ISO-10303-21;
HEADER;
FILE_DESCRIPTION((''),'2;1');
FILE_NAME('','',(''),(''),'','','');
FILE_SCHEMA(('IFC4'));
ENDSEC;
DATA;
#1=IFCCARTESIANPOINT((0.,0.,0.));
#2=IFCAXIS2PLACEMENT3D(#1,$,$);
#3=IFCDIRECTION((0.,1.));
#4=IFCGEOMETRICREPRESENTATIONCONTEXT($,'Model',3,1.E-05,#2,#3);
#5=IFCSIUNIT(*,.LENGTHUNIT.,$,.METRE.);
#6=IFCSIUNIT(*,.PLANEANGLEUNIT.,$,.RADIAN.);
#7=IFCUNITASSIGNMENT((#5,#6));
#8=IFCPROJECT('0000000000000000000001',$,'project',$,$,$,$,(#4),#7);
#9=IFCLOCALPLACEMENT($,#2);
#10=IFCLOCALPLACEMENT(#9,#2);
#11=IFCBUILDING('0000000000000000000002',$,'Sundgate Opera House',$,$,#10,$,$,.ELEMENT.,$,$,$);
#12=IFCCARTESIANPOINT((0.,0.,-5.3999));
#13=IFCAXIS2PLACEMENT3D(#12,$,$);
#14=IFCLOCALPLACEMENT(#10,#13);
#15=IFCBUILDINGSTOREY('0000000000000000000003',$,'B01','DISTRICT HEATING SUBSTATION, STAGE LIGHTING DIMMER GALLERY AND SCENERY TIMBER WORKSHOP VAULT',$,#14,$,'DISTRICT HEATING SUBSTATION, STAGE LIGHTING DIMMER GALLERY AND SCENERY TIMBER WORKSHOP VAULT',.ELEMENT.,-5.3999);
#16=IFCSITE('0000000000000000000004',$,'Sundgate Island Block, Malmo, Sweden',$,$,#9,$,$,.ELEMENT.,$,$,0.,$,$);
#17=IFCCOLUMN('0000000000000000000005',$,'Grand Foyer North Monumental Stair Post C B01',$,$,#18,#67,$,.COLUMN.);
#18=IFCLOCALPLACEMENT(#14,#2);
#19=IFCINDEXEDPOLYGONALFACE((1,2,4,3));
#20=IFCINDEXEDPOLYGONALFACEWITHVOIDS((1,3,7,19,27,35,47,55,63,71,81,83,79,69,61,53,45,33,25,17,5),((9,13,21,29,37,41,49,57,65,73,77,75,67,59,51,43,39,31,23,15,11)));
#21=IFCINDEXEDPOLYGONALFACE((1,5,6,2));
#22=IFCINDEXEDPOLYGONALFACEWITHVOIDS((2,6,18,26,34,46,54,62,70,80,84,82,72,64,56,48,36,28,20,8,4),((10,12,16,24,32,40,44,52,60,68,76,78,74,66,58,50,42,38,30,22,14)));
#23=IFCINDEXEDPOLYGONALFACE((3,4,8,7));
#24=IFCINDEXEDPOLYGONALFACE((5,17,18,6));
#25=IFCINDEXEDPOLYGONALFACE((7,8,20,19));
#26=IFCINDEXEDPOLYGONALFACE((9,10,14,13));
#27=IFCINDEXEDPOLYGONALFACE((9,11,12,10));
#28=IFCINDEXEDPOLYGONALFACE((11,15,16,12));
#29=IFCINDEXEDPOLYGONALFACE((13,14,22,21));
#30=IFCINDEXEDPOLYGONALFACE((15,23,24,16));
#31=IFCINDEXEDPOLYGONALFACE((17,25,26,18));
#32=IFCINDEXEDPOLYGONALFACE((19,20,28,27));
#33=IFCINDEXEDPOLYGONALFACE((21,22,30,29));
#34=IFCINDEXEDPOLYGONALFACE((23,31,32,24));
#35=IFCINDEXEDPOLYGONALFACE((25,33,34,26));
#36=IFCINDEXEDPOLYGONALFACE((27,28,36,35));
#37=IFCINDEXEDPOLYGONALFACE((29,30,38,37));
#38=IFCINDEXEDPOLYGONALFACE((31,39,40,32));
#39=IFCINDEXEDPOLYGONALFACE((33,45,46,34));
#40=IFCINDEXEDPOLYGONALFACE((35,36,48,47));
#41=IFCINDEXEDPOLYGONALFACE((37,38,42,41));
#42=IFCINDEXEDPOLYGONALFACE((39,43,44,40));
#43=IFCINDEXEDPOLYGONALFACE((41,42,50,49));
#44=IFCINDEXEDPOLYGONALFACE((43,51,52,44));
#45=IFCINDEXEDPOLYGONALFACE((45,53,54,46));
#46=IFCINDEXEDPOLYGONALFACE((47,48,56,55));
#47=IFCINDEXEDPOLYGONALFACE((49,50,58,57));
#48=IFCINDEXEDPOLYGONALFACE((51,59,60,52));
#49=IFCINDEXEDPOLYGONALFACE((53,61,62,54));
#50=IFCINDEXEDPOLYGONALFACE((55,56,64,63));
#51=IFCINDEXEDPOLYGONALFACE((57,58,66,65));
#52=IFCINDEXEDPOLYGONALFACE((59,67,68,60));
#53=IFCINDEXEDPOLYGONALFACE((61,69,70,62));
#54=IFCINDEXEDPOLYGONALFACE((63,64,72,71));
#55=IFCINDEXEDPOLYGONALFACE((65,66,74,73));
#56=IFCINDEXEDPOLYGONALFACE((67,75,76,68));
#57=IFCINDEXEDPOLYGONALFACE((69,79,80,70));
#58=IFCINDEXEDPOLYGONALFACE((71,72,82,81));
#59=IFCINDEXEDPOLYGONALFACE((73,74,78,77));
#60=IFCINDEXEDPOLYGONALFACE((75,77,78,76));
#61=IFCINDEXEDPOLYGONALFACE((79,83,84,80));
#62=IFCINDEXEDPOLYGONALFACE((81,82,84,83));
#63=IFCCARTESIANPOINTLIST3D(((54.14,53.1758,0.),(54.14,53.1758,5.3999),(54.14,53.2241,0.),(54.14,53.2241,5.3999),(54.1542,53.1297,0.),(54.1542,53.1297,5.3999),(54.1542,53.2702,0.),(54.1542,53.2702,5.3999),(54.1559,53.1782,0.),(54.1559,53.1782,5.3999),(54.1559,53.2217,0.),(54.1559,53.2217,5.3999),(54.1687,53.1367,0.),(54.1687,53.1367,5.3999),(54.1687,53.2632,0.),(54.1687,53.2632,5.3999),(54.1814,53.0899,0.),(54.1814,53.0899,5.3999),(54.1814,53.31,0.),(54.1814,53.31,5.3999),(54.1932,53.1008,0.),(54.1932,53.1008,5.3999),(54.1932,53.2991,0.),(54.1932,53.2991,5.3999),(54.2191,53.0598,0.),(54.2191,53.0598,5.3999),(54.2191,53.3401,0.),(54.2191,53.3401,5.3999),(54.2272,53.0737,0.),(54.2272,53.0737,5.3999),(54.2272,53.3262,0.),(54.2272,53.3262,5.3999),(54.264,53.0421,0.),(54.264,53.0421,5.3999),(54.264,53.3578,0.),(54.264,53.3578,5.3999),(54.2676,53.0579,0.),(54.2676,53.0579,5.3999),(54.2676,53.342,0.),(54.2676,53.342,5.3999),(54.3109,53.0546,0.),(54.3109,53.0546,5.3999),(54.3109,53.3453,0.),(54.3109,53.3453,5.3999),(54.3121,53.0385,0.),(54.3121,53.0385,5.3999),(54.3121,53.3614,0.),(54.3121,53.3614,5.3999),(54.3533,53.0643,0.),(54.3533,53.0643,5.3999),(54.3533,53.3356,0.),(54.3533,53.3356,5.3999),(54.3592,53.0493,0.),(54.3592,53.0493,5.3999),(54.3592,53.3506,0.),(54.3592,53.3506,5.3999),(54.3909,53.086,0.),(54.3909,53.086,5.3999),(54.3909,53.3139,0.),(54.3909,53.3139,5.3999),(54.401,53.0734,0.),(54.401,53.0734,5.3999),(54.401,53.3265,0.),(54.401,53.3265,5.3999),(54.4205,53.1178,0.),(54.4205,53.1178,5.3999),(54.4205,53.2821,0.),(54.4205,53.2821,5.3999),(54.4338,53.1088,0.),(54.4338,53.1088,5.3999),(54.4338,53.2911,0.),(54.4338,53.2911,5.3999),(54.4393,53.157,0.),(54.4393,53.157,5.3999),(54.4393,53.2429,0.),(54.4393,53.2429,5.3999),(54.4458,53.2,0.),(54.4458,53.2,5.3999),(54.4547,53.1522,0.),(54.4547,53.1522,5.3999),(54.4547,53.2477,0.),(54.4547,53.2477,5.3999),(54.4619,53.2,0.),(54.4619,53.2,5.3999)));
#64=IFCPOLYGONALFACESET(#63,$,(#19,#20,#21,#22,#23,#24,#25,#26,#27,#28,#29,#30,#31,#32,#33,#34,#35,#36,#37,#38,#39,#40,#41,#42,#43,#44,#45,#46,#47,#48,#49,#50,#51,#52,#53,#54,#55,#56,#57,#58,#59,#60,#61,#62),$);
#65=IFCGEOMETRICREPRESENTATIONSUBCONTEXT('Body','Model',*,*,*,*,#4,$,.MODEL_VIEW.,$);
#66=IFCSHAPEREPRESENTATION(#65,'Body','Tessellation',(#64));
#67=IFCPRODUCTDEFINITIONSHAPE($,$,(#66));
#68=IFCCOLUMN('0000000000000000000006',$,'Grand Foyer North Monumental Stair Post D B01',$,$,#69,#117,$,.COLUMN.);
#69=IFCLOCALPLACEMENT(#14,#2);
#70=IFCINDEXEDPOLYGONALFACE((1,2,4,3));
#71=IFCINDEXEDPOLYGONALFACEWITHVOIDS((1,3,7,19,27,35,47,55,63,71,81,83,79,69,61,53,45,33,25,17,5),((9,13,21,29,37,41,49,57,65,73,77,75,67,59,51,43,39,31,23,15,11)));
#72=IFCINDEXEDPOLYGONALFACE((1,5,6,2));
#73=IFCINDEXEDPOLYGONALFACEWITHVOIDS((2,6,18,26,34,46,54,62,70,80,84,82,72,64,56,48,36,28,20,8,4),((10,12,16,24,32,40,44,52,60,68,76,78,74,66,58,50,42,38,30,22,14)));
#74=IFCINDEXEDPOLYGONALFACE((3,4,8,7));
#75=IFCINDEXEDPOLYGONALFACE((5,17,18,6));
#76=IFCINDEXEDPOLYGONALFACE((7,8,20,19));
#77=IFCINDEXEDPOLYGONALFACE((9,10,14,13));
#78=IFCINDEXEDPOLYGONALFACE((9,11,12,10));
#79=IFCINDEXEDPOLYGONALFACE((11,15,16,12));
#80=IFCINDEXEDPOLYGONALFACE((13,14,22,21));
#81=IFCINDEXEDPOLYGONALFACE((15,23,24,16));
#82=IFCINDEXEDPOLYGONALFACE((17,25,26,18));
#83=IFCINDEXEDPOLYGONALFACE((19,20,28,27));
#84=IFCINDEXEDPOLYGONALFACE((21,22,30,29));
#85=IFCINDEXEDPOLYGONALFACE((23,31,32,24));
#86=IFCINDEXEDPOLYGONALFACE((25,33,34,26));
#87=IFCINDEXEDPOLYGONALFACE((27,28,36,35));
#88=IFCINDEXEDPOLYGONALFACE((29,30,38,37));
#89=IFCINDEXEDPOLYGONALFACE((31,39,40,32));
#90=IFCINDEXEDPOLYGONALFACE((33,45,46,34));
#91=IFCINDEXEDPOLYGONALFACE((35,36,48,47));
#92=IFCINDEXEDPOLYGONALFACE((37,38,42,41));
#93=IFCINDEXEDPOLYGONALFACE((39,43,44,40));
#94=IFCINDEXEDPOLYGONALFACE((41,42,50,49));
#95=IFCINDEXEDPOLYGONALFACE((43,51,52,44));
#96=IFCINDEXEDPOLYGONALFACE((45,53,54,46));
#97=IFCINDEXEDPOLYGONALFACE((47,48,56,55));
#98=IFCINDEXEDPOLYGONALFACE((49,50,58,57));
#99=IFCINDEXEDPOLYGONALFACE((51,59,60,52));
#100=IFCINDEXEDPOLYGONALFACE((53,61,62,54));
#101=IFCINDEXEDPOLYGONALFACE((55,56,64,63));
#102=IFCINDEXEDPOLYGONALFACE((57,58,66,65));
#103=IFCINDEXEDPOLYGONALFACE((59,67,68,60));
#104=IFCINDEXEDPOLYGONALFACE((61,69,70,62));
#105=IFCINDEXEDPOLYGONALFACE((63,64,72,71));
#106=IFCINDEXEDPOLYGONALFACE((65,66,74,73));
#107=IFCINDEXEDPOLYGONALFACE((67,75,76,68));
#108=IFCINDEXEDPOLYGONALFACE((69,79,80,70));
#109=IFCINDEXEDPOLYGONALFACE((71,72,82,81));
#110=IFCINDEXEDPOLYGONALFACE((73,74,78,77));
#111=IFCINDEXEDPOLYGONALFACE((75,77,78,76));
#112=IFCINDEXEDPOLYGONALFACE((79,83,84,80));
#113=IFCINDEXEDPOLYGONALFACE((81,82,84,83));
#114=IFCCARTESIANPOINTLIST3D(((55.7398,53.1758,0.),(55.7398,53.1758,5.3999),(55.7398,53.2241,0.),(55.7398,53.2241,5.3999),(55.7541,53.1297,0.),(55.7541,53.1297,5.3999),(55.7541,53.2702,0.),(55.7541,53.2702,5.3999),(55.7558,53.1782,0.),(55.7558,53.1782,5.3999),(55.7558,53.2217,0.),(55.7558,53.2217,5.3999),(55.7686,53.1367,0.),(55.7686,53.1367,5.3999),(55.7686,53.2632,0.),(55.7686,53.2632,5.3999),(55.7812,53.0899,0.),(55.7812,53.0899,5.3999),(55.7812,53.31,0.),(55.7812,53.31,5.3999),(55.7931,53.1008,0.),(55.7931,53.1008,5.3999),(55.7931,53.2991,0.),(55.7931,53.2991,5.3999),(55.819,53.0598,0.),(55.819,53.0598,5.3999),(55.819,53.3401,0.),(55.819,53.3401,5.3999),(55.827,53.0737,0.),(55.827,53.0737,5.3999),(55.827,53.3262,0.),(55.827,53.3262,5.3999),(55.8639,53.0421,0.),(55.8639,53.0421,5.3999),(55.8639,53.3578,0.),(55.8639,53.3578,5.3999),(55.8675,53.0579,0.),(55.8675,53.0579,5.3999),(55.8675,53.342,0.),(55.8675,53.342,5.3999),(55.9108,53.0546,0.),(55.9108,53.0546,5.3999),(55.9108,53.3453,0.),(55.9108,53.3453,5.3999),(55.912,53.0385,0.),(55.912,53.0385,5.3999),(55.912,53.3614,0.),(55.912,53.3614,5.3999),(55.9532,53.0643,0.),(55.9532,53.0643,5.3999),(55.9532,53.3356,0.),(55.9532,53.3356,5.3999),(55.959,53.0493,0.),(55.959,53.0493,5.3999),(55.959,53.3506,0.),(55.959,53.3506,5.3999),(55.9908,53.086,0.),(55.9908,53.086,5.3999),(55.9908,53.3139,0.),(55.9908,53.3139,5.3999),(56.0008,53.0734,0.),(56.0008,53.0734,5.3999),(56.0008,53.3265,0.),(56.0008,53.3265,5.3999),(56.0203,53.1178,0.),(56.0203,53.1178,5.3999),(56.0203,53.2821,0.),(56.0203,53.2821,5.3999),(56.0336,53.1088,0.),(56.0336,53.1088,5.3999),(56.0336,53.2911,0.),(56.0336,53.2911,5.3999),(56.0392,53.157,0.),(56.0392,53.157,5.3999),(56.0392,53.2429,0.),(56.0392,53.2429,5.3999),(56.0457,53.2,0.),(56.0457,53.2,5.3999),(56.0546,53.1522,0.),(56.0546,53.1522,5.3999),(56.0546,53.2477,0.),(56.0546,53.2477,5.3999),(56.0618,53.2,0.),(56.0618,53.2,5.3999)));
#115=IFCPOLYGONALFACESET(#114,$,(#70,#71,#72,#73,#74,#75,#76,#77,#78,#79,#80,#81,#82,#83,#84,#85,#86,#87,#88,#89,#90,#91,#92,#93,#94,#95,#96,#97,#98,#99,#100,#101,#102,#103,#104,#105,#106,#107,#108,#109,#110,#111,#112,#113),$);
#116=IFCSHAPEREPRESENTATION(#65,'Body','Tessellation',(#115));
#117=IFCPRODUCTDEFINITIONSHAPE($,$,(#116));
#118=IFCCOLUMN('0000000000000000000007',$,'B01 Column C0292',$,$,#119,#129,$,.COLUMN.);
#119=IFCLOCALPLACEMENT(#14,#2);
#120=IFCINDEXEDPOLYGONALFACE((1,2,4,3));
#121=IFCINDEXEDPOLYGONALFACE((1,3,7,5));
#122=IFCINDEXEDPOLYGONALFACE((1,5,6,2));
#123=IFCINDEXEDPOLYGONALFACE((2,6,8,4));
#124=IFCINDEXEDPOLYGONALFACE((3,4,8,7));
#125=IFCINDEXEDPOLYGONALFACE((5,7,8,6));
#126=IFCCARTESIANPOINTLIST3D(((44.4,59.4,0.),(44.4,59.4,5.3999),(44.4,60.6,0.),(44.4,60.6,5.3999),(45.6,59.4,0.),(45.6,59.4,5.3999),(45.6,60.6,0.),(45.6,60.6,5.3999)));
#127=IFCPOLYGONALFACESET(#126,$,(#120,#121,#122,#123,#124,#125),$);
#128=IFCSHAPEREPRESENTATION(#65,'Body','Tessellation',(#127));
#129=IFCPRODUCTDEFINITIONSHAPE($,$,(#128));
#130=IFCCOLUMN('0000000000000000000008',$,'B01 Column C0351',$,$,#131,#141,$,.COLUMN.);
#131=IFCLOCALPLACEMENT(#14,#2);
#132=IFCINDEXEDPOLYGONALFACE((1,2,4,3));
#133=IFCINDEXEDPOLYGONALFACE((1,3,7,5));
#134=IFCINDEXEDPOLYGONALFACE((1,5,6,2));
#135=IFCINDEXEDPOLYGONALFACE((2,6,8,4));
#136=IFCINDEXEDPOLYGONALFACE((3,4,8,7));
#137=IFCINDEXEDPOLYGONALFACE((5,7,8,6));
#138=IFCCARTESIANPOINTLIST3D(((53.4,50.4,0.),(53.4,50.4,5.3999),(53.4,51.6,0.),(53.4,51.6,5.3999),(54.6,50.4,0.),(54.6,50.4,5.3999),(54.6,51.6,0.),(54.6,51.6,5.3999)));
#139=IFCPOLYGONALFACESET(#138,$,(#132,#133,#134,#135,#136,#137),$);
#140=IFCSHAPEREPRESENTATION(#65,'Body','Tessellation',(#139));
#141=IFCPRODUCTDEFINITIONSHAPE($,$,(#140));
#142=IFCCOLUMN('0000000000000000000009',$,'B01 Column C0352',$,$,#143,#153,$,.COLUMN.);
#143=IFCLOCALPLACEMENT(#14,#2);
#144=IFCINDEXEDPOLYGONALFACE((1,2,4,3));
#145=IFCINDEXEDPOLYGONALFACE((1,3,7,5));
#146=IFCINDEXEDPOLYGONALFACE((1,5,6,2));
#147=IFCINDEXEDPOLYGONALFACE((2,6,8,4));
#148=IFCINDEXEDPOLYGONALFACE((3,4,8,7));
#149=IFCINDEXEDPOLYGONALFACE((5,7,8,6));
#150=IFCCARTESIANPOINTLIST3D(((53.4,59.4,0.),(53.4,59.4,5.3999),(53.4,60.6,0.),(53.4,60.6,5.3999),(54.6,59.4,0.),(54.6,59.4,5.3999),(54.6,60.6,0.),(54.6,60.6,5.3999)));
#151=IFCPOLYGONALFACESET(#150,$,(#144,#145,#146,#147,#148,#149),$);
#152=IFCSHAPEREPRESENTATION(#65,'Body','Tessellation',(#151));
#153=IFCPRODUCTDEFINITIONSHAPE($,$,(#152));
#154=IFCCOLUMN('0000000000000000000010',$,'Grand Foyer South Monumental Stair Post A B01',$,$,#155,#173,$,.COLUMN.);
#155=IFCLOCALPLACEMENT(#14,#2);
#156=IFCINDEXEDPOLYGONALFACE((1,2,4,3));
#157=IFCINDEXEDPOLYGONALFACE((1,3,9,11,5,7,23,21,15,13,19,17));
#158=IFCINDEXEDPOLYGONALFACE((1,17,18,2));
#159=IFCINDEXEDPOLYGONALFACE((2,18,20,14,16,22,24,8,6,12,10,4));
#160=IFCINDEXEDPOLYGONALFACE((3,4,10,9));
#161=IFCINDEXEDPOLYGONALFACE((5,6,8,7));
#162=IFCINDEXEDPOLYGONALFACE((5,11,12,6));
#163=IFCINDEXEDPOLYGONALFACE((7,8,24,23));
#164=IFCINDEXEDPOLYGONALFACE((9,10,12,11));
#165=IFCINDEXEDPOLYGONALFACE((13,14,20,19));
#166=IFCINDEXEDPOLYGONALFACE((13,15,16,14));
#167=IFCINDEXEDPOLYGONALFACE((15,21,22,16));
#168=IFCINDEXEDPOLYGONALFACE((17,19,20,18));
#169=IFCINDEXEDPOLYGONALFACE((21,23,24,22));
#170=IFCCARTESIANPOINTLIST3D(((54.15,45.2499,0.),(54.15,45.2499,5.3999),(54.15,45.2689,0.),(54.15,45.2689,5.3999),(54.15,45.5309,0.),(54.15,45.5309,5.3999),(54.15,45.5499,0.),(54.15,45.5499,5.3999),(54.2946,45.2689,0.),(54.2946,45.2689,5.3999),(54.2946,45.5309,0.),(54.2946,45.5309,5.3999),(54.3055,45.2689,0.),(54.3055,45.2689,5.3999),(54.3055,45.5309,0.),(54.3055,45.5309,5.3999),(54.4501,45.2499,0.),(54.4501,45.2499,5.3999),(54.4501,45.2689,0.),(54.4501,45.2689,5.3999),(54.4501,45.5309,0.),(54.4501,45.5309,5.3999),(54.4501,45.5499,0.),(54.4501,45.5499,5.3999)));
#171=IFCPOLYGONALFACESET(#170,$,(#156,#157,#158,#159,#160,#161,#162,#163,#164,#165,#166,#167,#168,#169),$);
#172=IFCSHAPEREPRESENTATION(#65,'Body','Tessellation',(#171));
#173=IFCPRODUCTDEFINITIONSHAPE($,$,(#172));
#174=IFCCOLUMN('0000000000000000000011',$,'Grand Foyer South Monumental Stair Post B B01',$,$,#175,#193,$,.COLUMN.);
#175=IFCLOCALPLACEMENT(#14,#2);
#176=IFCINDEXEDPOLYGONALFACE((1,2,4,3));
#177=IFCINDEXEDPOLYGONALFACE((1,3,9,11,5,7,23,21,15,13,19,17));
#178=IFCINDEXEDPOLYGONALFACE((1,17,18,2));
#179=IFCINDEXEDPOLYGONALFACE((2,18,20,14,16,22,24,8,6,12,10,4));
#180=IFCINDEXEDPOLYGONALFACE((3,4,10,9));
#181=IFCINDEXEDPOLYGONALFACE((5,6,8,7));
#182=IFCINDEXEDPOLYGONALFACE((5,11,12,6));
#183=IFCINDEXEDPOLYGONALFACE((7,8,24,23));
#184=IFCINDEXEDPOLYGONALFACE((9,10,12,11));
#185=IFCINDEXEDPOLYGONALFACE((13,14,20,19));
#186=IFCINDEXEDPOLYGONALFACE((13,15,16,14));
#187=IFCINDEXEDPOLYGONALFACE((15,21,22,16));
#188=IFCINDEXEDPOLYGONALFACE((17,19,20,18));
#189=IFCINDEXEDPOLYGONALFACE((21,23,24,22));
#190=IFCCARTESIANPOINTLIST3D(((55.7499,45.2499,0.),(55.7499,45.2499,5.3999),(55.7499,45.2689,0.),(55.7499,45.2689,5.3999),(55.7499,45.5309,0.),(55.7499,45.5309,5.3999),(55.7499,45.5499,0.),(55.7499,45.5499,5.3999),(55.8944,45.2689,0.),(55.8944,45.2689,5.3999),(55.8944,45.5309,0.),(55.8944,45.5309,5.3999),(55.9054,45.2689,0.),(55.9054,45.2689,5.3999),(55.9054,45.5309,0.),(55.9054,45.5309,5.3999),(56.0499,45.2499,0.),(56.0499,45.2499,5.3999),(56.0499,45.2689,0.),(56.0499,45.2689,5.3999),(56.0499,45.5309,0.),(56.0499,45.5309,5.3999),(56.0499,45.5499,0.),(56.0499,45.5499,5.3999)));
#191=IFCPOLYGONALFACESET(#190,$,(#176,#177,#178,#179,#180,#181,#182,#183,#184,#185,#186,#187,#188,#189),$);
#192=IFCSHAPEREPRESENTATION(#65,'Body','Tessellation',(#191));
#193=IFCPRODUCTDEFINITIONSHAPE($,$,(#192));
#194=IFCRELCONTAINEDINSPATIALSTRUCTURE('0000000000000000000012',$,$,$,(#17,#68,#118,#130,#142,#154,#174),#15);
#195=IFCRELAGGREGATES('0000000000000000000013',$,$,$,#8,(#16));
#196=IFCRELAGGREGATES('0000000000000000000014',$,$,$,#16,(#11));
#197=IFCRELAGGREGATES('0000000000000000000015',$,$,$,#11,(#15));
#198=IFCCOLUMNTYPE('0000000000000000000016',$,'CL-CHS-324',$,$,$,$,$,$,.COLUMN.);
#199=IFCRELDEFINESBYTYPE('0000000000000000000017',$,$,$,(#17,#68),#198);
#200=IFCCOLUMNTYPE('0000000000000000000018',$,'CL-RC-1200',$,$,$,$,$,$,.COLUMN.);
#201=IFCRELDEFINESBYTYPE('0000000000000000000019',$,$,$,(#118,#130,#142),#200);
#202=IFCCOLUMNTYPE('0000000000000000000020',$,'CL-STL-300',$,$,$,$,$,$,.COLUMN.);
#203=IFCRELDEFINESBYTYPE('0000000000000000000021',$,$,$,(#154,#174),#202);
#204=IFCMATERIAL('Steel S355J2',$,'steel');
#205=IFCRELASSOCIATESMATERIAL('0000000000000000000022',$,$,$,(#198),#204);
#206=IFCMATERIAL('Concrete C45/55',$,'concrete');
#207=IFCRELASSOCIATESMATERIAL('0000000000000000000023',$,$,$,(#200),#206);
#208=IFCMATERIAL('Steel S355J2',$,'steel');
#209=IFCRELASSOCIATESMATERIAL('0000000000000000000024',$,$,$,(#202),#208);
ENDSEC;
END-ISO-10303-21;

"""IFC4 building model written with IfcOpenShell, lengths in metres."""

from ifc_helpers import new_model, si_unit, direction, frame, origin, origin_2d, place, context, subcontext, project, spatial, rectangle, hollow_circle, i_section, extrude, material, material_profile, profile_set, type_object, element, save


model = new_model("IFC4")

# Units and contexts
model_context = context("Model", 3, precision=1e-05, world=origin(), true_north=direction((0.0, 1.0)))
body_context = subcontext(model_context, "Body", "Model", "MODEL_VIEW")
ifc_project = project(units=[si_unit("LENGTHUNIT", "METRE"), si_unit("PLANEANGLEUNIT", "RADIAN")], contexts=[model_context])

# Site, building, storey
site_placement = place(None, origin())
site = spatial("IfcSite", under=ifc_project, at=site_placement, Name="Sundgate Island Block, Malmo, Sweden", CompositionType="ELEMENT", RefElevation=0.0)
building_placement = place(site_placement, origin())
building = spatial("IfcBuilding", under=site, at=building_placement, Name="Sundgate Opera House", CompositionType="ELEMENT")
storey_placement = place(building_placement, frame((0.0, 0.0, -5.3999)))
storey = spatial("IfcBuildingStorey", under=building, at=storey_placement, Name="B01", Description="DISTRICT HEATING SUBSTATION, STAGE LIGHTING DIMMER GALLERY AND SCENERY TIMBER WORKSHOP VAULT", LongName="DISTRICT HEATING SUBSTATION, STAGE LIGHTING DIMMER GALLERY AND SCENERY TIMBER WORKSHOP VAULT", CompositionType="ELEMENT", Elevation=-5.3999)

# Columns
ifc_material_1 = material(Name="Steel S355J2", Category="steel")
ifc_material_profile_1 = material_profile(ifc_material_1, hollow_circle(Radius=0.1619, WallThickness=0.0161, at=origin_2d()), Name="CHS 323.9x16.0")
ifc_profile_set_1 = profile_set([ifc_material_profile_1], Name="Steel S355J2")
column_type_1 = type_object("IfcColumnType", Name="CL-CHS-324", PredefinedType="COLUMN", material=ifc_profile_set_1)
for number, where, z_axis, x_axis, name in (
    (1, (54.3, 53.2, 0.0), (0.0, 0.0, 1.0), (1.0, 0.0, 0.0), "Grand Foyer North Monumental Stair Post C B01"),
    (2, (55.8999, 53.2, 0.0), (0.0, 0.0, 1.0), (1.0, 0.0, 0.0), "Grand Foyer North Monumental Stair Post D B01"),
):
    element("IfcColumn", number, at=place(storey_placement, frame(where, z_axis=z_axis, x_axis=x_axis)), inside=storey, type_object=column_type_1, Name=name, PredefinedType="COLUMN", context=body_context, shape_type="SweptSolid", body=[
        extrude(hollow_circle(Radius=0.1619, WallThickness=0.0161, at=origin_2d()), origin(), (0.0, 0.0, 1.0), 5.3999),
    ])
ifc_material_2 = material(Name="Concrete C45/55", Category="concrete")
ifc_material_profile_2 = material_profile(ifc_material_2, rectangle(XDim=1.2, YDim=1.2, at=origin_2d()), Name="RC 1200x1200")
ifc_profile_set_2 = profile_set([ifc_material_profile_2], Name="Concrete C45/55")
column_type_2 = type_object("IfcColumnType", Name="CL-RC-1200", PredefinedType="COLUMN", material=ifc_profile_set_2)
for number, where, z_axis, x_axis, name in (
    (3, (45.0, 60.0, 0.0), (0.0, 0.0, 1.0), (1.0, 0.0, 0.0), "B01 Column C0292"),
    (4, (54.0, 51.0, 0.0), (0.0, 0.0, 1.0), (1.0, 0.0, 0.0), "B01 Column C0351"),
    (5, (54.0, 60.0, 0.0), (0.0, 0.0, 1.0), (1.0, 0.0, 0.0), "B01 Column C0352"),
):
    element("IfcColumn", number, at=place(storey_placement, frame(where, z_axis=z_axis, x_axis=x_axis)), inside=storey, type_object=column_type_2, Name=name, PredefinedType="COLUMN", context=body_context, shape_type="SweptSolid", body=[
        extrude(rectangle(XDim=1.2, YDim=1.2, at=origin_2d()), origin(), (0.0, 0.0, 1.0), 5.3999),
    ])
ifc_material_3 = material(Name="Steel S355J2", Category="steel")
ifc_material_profile_3 = material_profile(ifc_material_3, i_section(OverallWidth=0.3, OverallDepth=0.3, WebThickness=0.011, FlangeThickness=0.019, at=origin_2d()), Name="HEB 300")
ifc_profile_set_3 = profile_set([ifc_material_profile_3], Name="Steel S355J2")
column_type_3 = type_object("IfcColumnType", Name="CL-STL-300", PredefinedType="COLUMN", material=ifc_profile_set_3)
for number, where, z_axis, x_axis, name in (
    (6, (54.3, 45.3999, 0.0), (0.0, 0.0, 1.0), (1.0, 0.0, 0.0), "Grand Foyer South Monumental Stair Post A B01"),
    (7, (55.8999, 45.3999, 0.0), (0.0, 0.0, 1.0), (1.0, 0.0, 0.0), "Grand Foyer South Monumental Stair Post B B01"),
):
    element("IfcColumn", number, at=place(storey_placement, frame(where, z_axis=z_axis, x_axis=x_axis)), inside=storey, type_object=column_type_3, Name=name, PredefinedType="COLUMN", context=body_context, shape_type="SweptSolid", body=[
        extrude(i_section(OverallWidth=0.3, OverallDepth=0.3, WebThickness=0.011, FlangeThickness=0.019, at=origin_2d()), origin(), (0.0, 0.0, 1.0), 5.3999),
    ])

save(model, "model.ifc")
